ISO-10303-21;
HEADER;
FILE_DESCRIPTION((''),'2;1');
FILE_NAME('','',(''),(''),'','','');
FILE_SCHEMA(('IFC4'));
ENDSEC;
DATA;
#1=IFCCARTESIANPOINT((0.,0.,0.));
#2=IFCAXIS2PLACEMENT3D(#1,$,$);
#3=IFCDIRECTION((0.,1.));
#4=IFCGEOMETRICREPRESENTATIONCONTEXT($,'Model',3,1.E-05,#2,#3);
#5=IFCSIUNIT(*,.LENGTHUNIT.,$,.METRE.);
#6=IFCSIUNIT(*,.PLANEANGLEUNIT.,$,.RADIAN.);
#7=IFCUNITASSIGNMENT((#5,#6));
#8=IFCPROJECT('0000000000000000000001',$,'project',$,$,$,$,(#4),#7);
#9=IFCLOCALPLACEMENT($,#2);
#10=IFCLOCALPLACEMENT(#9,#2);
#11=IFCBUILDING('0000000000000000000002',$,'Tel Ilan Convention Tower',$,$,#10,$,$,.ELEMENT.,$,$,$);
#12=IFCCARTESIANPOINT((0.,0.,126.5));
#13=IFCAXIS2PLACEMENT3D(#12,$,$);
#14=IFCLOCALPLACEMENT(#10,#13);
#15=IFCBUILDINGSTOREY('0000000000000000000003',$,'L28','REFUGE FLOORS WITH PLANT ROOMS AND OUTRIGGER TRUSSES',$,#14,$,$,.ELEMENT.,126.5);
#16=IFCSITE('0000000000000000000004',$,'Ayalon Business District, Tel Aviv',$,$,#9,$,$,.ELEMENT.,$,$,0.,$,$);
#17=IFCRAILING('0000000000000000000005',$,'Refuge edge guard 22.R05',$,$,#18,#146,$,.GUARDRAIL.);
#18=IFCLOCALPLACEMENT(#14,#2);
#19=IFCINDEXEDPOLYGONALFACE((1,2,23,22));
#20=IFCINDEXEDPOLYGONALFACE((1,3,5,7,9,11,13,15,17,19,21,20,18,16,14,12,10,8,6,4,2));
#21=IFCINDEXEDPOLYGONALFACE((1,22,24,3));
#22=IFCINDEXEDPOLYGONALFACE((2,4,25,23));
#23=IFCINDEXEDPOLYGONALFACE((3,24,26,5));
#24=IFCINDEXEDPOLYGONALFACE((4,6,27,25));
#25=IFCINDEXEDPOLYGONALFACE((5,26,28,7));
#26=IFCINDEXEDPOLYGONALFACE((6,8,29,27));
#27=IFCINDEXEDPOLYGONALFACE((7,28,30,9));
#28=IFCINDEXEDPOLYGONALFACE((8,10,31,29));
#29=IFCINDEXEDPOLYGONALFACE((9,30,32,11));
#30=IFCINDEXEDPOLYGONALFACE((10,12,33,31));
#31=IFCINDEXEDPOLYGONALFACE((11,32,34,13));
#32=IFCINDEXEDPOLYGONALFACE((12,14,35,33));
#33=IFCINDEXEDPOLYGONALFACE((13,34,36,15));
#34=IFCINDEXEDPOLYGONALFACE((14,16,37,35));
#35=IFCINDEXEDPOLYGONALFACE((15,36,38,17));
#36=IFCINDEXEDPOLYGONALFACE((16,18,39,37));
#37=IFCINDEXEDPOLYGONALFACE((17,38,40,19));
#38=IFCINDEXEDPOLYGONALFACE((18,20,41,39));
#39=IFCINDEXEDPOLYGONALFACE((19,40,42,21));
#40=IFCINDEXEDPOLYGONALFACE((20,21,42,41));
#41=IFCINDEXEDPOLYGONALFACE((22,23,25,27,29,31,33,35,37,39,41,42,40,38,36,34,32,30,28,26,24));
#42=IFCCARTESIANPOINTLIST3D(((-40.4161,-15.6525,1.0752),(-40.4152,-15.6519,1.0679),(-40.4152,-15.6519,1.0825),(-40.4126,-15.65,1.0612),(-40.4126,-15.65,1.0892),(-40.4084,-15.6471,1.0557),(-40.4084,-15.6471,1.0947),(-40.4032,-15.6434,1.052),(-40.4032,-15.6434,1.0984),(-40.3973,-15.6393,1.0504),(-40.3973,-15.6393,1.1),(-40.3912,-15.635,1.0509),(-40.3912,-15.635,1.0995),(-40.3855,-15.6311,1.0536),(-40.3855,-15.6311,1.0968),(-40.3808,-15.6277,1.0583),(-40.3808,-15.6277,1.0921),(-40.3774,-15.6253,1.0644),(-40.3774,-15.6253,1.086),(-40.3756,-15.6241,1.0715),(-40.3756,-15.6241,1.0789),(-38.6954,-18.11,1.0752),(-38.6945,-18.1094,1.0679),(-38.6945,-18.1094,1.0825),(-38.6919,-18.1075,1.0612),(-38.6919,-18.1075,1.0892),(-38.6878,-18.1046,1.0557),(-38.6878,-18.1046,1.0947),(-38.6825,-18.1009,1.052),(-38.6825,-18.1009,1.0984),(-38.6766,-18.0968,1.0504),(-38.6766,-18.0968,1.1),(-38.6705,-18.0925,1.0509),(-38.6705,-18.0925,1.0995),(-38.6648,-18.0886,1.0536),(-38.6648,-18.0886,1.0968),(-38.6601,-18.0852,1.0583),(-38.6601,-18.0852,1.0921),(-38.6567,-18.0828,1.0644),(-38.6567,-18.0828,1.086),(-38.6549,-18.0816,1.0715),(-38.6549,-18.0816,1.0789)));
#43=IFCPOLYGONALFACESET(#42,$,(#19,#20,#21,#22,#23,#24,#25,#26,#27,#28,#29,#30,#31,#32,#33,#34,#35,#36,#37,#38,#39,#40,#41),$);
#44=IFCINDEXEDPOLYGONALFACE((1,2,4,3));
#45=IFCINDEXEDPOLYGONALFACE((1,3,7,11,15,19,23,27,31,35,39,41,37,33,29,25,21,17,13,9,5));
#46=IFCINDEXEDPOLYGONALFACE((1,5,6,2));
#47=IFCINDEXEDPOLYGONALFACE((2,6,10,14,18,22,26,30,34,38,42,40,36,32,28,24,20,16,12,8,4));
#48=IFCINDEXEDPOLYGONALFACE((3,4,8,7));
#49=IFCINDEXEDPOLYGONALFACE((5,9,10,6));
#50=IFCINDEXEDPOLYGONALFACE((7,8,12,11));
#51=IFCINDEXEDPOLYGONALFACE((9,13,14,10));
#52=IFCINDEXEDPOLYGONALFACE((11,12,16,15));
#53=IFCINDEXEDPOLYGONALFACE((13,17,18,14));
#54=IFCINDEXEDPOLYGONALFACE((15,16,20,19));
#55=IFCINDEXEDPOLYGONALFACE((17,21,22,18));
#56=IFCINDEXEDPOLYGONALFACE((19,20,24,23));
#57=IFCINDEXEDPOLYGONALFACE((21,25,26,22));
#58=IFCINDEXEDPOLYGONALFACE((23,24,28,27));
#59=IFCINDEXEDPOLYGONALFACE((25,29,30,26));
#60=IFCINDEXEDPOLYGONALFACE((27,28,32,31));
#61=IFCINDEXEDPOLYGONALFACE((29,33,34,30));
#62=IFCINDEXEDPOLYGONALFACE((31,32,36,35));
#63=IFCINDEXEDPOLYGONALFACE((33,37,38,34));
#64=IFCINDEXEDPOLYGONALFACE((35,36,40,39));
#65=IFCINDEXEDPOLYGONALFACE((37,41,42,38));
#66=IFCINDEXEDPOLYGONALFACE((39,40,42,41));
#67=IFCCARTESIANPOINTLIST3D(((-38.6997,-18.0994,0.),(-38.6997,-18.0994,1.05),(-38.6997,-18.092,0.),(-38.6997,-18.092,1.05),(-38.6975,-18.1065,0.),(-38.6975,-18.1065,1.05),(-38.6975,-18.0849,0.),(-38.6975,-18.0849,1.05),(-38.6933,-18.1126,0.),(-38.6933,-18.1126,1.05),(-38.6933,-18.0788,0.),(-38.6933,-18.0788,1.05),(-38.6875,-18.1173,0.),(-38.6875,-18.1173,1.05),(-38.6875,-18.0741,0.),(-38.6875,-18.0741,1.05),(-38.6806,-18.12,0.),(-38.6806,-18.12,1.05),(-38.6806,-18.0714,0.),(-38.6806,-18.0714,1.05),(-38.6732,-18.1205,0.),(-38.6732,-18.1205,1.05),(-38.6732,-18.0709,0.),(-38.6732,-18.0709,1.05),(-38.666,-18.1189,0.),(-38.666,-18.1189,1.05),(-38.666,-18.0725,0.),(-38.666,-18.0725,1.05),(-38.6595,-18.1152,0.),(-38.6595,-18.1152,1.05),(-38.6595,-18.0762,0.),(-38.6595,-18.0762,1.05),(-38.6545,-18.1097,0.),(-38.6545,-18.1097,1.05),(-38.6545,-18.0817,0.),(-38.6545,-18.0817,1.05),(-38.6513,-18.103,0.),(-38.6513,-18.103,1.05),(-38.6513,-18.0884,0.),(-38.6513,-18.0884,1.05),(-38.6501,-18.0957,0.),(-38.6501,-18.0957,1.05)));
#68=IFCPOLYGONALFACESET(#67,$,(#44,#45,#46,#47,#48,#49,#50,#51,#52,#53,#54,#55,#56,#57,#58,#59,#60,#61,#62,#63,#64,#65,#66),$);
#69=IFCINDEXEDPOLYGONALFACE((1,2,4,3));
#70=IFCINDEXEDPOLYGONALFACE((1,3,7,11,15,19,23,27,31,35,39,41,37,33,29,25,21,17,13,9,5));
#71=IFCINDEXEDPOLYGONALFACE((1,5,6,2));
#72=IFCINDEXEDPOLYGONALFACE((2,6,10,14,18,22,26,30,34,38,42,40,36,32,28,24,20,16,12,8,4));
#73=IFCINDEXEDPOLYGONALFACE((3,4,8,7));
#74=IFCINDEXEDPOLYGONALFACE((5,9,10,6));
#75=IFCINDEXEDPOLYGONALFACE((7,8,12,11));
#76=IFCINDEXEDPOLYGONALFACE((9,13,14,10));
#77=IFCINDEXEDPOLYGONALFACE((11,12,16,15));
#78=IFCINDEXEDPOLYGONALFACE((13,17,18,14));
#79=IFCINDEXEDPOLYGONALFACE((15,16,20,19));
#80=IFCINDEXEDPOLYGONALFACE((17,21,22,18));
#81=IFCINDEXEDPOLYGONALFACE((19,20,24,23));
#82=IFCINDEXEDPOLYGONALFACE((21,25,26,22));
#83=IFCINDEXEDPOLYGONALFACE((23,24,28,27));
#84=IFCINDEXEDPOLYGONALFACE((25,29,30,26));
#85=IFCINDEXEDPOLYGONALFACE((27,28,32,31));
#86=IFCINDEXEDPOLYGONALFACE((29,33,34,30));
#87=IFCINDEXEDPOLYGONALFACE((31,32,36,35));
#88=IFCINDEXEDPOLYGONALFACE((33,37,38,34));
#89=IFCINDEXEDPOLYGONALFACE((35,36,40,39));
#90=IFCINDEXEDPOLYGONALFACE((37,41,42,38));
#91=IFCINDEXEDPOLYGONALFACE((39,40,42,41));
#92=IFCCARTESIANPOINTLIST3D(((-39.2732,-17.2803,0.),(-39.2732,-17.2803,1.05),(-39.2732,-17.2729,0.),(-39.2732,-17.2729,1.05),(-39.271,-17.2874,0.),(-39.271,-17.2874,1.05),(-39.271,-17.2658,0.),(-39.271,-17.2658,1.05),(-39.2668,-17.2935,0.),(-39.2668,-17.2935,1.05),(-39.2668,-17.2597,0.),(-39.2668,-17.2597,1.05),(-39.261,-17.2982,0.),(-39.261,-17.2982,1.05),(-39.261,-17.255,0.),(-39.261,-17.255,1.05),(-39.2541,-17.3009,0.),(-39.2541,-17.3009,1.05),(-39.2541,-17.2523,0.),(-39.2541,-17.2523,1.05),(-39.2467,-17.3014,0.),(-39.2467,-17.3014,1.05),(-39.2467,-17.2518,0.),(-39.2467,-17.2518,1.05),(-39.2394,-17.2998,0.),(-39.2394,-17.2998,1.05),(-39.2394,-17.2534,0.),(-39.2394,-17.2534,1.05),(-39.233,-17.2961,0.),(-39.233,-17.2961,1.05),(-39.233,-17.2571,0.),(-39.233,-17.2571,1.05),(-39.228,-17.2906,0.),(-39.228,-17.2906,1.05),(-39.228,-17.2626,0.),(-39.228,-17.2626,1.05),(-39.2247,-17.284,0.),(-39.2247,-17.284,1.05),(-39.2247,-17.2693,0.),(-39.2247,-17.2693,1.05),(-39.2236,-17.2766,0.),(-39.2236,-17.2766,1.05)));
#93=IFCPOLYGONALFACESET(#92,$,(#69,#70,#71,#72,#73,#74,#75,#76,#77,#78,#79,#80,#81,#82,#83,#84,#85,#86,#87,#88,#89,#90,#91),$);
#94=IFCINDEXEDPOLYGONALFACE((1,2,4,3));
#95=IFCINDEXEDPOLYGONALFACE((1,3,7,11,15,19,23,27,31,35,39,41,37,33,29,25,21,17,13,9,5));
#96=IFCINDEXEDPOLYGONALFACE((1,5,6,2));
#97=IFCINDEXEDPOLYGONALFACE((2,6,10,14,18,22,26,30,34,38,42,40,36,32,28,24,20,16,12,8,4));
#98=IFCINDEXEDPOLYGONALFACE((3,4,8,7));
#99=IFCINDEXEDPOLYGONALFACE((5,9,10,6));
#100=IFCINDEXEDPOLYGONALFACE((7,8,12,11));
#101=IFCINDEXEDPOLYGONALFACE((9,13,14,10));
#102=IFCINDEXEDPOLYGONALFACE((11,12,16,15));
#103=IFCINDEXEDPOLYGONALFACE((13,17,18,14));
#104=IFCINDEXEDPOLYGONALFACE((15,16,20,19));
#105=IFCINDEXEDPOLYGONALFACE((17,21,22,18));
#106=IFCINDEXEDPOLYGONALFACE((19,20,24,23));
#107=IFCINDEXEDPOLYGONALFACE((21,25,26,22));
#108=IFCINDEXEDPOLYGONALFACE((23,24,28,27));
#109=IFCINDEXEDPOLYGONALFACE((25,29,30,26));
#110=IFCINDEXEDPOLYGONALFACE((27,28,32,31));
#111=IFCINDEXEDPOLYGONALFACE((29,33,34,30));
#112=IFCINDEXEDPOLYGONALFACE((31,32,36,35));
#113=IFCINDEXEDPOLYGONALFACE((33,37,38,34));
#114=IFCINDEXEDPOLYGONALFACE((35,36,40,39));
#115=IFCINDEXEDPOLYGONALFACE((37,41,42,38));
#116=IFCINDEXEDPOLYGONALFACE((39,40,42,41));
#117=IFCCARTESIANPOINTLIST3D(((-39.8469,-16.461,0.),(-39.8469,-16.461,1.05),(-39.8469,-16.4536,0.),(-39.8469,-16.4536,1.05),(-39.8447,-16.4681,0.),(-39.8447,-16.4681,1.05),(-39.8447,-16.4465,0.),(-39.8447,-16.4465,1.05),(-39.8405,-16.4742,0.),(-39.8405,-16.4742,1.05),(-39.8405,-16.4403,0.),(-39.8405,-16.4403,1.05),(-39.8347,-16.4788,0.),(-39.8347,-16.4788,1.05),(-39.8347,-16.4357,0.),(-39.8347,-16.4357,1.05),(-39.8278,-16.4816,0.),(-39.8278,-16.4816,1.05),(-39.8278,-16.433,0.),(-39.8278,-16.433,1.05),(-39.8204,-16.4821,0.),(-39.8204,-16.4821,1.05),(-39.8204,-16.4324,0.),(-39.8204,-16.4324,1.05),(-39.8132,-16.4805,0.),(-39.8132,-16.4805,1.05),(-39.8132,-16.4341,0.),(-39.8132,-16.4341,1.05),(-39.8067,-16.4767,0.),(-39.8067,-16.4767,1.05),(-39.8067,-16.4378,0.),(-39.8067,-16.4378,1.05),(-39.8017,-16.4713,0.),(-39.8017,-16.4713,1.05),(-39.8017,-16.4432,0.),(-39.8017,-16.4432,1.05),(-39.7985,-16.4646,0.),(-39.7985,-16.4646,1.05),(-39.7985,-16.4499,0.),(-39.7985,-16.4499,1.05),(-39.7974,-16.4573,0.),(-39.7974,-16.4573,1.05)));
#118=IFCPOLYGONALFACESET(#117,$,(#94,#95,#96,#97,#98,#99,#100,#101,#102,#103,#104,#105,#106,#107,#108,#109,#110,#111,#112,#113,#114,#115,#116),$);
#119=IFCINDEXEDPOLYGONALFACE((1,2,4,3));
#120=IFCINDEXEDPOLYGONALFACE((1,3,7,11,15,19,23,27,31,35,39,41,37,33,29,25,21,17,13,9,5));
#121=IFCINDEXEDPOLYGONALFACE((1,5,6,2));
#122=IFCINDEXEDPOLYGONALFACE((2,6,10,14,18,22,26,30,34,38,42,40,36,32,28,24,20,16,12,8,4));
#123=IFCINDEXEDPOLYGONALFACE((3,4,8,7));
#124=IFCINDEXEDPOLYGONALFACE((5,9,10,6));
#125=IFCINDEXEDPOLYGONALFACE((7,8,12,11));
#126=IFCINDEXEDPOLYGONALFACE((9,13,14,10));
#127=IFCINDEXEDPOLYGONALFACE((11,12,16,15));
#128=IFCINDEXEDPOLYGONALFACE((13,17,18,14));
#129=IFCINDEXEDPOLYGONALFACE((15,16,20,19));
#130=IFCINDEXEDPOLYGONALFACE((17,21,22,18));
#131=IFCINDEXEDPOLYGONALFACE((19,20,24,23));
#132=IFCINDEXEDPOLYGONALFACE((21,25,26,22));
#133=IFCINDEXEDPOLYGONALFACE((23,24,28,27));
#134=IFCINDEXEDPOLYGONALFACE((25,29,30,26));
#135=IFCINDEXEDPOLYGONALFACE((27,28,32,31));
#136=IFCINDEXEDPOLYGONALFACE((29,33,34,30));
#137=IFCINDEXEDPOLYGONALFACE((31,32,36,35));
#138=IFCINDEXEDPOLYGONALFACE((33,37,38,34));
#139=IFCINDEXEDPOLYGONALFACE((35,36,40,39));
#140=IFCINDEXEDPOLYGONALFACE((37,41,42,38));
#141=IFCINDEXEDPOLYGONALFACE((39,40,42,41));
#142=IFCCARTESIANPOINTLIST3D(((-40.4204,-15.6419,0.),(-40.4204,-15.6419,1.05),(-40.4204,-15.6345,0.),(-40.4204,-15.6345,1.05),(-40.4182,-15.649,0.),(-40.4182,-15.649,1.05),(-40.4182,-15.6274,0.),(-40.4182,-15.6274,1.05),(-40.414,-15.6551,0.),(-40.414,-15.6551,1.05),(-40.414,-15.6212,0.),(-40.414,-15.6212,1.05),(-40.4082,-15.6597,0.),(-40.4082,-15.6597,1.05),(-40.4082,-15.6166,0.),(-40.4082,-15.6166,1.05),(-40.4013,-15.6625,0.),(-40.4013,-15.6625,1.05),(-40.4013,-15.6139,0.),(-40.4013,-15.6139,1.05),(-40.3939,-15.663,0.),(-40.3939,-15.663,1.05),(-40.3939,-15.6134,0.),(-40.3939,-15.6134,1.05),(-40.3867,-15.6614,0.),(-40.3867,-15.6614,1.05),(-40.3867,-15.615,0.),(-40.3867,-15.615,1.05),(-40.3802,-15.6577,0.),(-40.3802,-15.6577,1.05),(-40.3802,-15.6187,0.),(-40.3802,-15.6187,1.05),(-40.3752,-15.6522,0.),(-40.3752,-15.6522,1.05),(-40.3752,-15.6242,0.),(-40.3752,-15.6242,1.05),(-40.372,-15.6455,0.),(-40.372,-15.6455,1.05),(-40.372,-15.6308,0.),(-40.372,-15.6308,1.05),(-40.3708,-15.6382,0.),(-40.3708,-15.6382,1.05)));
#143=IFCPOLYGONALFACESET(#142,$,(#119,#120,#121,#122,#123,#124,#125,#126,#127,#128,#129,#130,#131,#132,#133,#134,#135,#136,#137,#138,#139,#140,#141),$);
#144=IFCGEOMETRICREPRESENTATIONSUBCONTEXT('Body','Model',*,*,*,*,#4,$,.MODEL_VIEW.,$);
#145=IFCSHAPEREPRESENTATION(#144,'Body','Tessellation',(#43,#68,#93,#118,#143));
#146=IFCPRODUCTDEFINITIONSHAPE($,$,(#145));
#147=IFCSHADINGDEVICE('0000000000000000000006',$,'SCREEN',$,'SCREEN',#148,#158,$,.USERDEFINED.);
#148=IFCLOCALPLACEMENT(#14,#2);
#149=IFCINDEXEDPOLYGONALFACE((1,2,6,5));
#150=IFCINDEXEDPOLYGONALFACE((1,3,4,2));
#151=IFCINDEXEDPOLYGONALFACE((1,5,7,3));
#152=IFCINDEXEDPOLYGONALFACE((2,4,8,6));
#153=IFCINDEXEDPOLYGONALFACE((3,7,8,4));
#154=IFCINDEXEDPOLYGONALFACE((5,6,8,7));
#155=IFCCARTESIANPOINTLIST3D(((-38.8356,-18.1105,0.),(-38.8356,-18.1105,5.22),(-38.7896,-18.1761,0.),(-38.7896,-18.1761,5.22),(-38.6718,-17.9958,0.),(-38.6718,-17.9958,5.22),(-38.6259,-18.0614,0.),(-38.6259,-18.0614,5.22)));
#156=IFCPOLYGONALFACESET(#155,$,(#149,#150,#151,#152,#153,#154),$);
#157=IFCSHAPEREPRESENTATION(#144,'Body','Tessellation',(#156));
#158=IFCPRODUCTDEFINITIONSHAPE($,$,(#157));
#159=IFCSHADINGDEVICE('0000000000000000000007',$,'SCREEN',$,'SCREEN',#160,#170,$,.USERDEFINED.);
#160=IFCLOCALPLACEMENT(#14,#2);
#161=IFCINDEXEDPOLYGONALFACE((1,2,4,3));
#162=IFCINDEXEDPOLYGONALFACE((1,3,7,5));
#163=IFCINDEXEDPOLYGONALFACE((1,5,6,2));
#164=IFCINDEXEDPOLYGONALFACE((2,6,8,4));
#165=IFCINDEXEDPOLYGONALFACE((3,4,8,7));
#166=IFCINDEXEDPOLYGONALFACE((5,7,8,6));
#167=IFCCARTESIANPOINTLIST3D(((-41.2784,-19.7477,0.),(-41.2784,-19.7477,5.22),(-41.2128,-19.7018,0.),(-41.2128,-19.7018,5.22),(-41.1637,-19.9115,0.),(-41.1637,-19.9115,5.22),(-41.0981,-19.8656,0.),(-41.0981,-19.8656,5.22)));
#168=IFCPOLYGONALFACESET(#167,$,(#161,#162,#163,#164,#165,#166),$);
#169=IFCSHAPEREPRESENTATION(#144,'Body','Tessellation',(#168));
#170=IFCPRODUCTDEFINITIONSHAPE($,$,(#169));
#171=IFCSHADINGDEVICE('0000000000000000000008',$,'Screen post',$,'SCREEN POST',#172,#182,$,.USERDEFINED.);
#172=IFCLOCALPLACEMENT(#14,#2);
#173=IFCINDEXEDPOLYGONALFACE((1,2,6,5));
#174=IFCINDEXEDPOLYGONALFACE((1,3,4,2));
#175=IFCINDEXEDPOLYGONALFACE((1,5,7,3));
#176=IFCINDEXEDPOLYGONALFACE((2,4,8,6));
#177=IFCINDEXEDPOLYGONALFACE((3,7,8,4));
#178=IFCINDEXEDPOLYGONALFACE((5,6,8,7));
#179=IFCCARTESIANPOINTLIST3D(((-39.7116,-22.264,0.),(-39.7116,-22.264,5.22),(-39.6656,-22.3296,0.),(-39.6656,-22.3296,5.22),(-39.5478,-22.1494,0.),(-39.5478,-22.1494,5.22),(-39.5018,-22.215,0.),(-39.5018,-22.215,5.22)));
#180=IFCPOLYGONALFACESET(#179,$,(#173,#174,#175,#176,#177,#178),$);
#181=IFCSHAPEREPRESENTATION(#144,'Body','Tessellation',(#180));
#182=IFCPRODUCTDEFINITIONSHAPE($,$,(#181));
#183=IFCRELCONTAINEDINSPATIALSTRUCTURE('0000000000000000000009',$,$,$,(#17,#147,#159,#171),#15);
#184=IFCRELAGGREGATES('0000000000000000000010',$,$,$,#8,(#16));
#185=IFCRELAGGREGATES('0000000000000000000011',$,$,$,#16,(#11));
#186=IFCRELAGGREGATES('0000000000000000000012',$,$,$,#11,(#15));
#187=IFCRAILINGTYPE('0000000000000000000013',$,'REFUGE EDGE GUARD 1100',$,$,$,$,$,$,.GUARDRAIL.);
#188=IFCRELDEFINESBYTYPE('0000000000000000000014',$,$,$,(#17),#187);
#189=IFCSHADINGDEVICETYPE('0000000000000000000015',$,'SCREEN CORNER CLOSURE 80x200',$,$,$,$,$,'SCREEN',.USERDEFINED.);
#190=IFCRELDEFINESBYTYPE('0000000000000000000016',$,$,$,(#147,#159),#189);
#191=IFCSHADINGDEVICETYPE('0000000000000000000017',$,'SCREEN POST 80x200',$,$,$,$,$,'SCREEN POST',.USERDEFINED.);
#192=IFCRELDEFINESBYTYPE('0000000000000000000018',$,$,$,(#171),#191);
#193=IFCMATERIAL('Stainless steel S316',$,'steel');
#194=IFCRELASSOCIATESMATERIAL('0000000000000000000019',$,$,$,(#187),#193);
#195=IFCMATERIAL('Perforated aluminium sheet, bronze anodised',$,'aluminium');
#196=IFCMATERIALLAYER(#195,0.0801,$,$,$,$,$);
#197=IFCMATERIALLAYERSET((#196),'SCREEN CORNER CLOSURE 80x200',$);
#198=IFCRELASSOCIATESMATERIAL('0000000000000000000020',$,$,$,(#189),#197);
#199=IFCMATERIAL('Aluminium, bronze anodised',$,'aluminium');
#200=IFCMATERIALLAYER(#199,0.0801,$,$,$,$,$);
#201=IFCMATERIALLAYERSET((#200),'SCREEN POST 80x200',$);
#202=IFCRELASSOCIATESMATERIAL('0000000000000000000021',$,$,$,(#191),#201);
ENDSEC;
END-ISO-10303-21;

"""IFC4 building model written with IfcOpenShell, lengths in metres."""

from ifc_helpers import new_model, si_unit, direction, frame, origin, origin_2d, place, context, subcontext, project, spatial, rectangle, circle, extrude, material, layer, layer_set, type_object, element, save


model = new_model("IFC4")

# Units and contexts
model_context = context("Model", 3, precision=1e-05, world=origin(), true_north=direction((0.0, 1.0)))
body_context = subcontext(model_context, "Body", "Model", "MODEL_VIEW")
ifc_project = project(units=[si_unit("LENGTHUNIT", "METRE"), si_unit("PLANEANGLEUNIT", "RADIAN")], contexts=[model_context])

# Site, building, storey
site_placement = place(None, origin())
site = spatial("IfcSite", under=ifc_project, at=site_placement, Name="Ayalon Business District, Tel Aviv", CompositionType="ELEMENT", RefElevation=0.0)
building_placement = place(site_placement, origin())
building = spatial("IfcBuilding", under=site, at=building_placement, Name="Tel Ilan Convention Tower", CompositionType="ELEMENT")
storey_placement = place(building_placement, frame((0.0, 0.0, 126.5)))
storey = spatial("IfcBuildingStorey", under=building, at=storey_placement, Name="L28", Description="REFUGE FLOORS WITH PLANT ROOMS AND OUTRIGGER TRUSSES", CompositionType="ELEMENT", Elevation=126.5)

# Railing
ifc_material_1 = material(Name="Stainless steel S316", Category="steel")
railing_type = type_object("IfcRailingType", Name="REFUGE EDGE GUARD 1100", PredefinedType="GUARDRAIL", material=ifc_material_1)
railing_1_placement = place(storey_placement, frame((-38.675, -18.0957, 0.0)))
element("IfcRailing", 1, at=railing_1_placement, inside=storey, type_object=railing_type, Name="Refuge edge guard 22.R05", PredefinedType="GUARDRAIL", context=body_context, shape_type="SweptSolid", body=[
    extrude(circle(Radius=0.0249, at=origin_2d()), frame((0.0, 0.0, 1.0752), z_axis=(-0.573561, 0.819163, 0.0), x_axis=(-0.819163, -0.573561, 0.0)), (0.0, 0.0, 1.0), 3.0),
    extrude(circle(Radius=0.0249, at=origin_2d()), origin(), (0.0, 0.0, 1.0), 1.05),
    extrude(circle(Radius=0.0249, at=origin_2d()), frame((-0.5735, 0.8191, 0.0)), (0.0, 0.0, 1.0), 1.05),
    extrude(circle(Radius=0.0249, at=origin_2d()), frame((-1.1472, 1.6384, 0.0)), (0.0, 0.0, 1.0), 1.05),
    extrude(circle(Radius=0.0249, at=origin_2d()), frame((-1.7207, 2.4575, 0.0)), (0.0, 0.0, 1.0), 1.05),
])

# Shading devices
ifc_material_2 = material(Name="Perforated aluminium sheet, bronze anodised", Category="aluminium")
ifc_layer_1 = layer(ifc_material_2, 0.0801)
ifc_layer_set_1 = layer_set([ifc_layer_1], Name="SCREEN CORNER CLOSURE 80x200")
shading_device_type_1 = type_object("IfcShadingDeviceType", Name="SCREEN CORNER CLOSURE 80x200", ElementType="SCREEN", PredefinedType="USERDEFINED", material=ifc_layer_set_1)
for number, where, z_axis, x_axis, name in (
    (2, (-38.7307, -18.0859, 0.0), (0.0, 0.0, 1.0), (0.573576, -0.819152, 0.0), "SCREEN"),
    (3, (-41.1882, -19.8066, 0.0), (0.0, 0.0, 1.0), (-0.819152, -0.573576, 0.0), "SCREEN"),
):
    element("IfcShadingDevice", number, at=place(storey_placement, frame(where, z_axis=z_axis, x_axis=x_axis)), inside=storey, type_object=shading_device_type_1, Name=name, ObjectType="SCREEN", PredefinedType="USERDEFINED", context=body_context, shape_type="SweptSolid", body=[
        extrude(rectangle(XDim=0.0801, YDim=0.2, at=origin_2d()), origin(), (0.0, 0.0, 1.0), 5.22),
    ])
ifc_material_3 = material(Name="Aluminium, bronze anodised", Category="aluminium")
ifc_layer_2 = layer(ifc_material_3, 0.0801)
ifc_layer_set_2 = layer_set([ifc_layer_2], Name="SCREEN POST 80x200")
shading_device_type_2 = type_object("IfcShadingDeviceType", Name="SCREEN POST 80x200", ElementType="SCREEN POST", PredefinedType="USERDEFINED", material=ifc_layer_set_2)
shading_device_placement = place(storey_placement, frame((-39.6067, -22.2395, 0.0), z_axis=(0.0, 0.0, 1.0), x_axis=(0.573576, -0.819152, 0.0)))
element("IfcShadingDevice", 4, at=shading_device_placement, inside=storey, type_object=shading_device_type_2, Name="Screen post", ObjectType="SCREEN POST", PredefinedType="USERDEFINED", context=body_context, shape_type="SweptSolid", body=[
    extrude(rectangle(XDim=0.0801, YDim=0.2, at=origin_2d()), origin(), (0.0, 0.0, 1.0), 5.22),
])

save(model, "model.ifc")
